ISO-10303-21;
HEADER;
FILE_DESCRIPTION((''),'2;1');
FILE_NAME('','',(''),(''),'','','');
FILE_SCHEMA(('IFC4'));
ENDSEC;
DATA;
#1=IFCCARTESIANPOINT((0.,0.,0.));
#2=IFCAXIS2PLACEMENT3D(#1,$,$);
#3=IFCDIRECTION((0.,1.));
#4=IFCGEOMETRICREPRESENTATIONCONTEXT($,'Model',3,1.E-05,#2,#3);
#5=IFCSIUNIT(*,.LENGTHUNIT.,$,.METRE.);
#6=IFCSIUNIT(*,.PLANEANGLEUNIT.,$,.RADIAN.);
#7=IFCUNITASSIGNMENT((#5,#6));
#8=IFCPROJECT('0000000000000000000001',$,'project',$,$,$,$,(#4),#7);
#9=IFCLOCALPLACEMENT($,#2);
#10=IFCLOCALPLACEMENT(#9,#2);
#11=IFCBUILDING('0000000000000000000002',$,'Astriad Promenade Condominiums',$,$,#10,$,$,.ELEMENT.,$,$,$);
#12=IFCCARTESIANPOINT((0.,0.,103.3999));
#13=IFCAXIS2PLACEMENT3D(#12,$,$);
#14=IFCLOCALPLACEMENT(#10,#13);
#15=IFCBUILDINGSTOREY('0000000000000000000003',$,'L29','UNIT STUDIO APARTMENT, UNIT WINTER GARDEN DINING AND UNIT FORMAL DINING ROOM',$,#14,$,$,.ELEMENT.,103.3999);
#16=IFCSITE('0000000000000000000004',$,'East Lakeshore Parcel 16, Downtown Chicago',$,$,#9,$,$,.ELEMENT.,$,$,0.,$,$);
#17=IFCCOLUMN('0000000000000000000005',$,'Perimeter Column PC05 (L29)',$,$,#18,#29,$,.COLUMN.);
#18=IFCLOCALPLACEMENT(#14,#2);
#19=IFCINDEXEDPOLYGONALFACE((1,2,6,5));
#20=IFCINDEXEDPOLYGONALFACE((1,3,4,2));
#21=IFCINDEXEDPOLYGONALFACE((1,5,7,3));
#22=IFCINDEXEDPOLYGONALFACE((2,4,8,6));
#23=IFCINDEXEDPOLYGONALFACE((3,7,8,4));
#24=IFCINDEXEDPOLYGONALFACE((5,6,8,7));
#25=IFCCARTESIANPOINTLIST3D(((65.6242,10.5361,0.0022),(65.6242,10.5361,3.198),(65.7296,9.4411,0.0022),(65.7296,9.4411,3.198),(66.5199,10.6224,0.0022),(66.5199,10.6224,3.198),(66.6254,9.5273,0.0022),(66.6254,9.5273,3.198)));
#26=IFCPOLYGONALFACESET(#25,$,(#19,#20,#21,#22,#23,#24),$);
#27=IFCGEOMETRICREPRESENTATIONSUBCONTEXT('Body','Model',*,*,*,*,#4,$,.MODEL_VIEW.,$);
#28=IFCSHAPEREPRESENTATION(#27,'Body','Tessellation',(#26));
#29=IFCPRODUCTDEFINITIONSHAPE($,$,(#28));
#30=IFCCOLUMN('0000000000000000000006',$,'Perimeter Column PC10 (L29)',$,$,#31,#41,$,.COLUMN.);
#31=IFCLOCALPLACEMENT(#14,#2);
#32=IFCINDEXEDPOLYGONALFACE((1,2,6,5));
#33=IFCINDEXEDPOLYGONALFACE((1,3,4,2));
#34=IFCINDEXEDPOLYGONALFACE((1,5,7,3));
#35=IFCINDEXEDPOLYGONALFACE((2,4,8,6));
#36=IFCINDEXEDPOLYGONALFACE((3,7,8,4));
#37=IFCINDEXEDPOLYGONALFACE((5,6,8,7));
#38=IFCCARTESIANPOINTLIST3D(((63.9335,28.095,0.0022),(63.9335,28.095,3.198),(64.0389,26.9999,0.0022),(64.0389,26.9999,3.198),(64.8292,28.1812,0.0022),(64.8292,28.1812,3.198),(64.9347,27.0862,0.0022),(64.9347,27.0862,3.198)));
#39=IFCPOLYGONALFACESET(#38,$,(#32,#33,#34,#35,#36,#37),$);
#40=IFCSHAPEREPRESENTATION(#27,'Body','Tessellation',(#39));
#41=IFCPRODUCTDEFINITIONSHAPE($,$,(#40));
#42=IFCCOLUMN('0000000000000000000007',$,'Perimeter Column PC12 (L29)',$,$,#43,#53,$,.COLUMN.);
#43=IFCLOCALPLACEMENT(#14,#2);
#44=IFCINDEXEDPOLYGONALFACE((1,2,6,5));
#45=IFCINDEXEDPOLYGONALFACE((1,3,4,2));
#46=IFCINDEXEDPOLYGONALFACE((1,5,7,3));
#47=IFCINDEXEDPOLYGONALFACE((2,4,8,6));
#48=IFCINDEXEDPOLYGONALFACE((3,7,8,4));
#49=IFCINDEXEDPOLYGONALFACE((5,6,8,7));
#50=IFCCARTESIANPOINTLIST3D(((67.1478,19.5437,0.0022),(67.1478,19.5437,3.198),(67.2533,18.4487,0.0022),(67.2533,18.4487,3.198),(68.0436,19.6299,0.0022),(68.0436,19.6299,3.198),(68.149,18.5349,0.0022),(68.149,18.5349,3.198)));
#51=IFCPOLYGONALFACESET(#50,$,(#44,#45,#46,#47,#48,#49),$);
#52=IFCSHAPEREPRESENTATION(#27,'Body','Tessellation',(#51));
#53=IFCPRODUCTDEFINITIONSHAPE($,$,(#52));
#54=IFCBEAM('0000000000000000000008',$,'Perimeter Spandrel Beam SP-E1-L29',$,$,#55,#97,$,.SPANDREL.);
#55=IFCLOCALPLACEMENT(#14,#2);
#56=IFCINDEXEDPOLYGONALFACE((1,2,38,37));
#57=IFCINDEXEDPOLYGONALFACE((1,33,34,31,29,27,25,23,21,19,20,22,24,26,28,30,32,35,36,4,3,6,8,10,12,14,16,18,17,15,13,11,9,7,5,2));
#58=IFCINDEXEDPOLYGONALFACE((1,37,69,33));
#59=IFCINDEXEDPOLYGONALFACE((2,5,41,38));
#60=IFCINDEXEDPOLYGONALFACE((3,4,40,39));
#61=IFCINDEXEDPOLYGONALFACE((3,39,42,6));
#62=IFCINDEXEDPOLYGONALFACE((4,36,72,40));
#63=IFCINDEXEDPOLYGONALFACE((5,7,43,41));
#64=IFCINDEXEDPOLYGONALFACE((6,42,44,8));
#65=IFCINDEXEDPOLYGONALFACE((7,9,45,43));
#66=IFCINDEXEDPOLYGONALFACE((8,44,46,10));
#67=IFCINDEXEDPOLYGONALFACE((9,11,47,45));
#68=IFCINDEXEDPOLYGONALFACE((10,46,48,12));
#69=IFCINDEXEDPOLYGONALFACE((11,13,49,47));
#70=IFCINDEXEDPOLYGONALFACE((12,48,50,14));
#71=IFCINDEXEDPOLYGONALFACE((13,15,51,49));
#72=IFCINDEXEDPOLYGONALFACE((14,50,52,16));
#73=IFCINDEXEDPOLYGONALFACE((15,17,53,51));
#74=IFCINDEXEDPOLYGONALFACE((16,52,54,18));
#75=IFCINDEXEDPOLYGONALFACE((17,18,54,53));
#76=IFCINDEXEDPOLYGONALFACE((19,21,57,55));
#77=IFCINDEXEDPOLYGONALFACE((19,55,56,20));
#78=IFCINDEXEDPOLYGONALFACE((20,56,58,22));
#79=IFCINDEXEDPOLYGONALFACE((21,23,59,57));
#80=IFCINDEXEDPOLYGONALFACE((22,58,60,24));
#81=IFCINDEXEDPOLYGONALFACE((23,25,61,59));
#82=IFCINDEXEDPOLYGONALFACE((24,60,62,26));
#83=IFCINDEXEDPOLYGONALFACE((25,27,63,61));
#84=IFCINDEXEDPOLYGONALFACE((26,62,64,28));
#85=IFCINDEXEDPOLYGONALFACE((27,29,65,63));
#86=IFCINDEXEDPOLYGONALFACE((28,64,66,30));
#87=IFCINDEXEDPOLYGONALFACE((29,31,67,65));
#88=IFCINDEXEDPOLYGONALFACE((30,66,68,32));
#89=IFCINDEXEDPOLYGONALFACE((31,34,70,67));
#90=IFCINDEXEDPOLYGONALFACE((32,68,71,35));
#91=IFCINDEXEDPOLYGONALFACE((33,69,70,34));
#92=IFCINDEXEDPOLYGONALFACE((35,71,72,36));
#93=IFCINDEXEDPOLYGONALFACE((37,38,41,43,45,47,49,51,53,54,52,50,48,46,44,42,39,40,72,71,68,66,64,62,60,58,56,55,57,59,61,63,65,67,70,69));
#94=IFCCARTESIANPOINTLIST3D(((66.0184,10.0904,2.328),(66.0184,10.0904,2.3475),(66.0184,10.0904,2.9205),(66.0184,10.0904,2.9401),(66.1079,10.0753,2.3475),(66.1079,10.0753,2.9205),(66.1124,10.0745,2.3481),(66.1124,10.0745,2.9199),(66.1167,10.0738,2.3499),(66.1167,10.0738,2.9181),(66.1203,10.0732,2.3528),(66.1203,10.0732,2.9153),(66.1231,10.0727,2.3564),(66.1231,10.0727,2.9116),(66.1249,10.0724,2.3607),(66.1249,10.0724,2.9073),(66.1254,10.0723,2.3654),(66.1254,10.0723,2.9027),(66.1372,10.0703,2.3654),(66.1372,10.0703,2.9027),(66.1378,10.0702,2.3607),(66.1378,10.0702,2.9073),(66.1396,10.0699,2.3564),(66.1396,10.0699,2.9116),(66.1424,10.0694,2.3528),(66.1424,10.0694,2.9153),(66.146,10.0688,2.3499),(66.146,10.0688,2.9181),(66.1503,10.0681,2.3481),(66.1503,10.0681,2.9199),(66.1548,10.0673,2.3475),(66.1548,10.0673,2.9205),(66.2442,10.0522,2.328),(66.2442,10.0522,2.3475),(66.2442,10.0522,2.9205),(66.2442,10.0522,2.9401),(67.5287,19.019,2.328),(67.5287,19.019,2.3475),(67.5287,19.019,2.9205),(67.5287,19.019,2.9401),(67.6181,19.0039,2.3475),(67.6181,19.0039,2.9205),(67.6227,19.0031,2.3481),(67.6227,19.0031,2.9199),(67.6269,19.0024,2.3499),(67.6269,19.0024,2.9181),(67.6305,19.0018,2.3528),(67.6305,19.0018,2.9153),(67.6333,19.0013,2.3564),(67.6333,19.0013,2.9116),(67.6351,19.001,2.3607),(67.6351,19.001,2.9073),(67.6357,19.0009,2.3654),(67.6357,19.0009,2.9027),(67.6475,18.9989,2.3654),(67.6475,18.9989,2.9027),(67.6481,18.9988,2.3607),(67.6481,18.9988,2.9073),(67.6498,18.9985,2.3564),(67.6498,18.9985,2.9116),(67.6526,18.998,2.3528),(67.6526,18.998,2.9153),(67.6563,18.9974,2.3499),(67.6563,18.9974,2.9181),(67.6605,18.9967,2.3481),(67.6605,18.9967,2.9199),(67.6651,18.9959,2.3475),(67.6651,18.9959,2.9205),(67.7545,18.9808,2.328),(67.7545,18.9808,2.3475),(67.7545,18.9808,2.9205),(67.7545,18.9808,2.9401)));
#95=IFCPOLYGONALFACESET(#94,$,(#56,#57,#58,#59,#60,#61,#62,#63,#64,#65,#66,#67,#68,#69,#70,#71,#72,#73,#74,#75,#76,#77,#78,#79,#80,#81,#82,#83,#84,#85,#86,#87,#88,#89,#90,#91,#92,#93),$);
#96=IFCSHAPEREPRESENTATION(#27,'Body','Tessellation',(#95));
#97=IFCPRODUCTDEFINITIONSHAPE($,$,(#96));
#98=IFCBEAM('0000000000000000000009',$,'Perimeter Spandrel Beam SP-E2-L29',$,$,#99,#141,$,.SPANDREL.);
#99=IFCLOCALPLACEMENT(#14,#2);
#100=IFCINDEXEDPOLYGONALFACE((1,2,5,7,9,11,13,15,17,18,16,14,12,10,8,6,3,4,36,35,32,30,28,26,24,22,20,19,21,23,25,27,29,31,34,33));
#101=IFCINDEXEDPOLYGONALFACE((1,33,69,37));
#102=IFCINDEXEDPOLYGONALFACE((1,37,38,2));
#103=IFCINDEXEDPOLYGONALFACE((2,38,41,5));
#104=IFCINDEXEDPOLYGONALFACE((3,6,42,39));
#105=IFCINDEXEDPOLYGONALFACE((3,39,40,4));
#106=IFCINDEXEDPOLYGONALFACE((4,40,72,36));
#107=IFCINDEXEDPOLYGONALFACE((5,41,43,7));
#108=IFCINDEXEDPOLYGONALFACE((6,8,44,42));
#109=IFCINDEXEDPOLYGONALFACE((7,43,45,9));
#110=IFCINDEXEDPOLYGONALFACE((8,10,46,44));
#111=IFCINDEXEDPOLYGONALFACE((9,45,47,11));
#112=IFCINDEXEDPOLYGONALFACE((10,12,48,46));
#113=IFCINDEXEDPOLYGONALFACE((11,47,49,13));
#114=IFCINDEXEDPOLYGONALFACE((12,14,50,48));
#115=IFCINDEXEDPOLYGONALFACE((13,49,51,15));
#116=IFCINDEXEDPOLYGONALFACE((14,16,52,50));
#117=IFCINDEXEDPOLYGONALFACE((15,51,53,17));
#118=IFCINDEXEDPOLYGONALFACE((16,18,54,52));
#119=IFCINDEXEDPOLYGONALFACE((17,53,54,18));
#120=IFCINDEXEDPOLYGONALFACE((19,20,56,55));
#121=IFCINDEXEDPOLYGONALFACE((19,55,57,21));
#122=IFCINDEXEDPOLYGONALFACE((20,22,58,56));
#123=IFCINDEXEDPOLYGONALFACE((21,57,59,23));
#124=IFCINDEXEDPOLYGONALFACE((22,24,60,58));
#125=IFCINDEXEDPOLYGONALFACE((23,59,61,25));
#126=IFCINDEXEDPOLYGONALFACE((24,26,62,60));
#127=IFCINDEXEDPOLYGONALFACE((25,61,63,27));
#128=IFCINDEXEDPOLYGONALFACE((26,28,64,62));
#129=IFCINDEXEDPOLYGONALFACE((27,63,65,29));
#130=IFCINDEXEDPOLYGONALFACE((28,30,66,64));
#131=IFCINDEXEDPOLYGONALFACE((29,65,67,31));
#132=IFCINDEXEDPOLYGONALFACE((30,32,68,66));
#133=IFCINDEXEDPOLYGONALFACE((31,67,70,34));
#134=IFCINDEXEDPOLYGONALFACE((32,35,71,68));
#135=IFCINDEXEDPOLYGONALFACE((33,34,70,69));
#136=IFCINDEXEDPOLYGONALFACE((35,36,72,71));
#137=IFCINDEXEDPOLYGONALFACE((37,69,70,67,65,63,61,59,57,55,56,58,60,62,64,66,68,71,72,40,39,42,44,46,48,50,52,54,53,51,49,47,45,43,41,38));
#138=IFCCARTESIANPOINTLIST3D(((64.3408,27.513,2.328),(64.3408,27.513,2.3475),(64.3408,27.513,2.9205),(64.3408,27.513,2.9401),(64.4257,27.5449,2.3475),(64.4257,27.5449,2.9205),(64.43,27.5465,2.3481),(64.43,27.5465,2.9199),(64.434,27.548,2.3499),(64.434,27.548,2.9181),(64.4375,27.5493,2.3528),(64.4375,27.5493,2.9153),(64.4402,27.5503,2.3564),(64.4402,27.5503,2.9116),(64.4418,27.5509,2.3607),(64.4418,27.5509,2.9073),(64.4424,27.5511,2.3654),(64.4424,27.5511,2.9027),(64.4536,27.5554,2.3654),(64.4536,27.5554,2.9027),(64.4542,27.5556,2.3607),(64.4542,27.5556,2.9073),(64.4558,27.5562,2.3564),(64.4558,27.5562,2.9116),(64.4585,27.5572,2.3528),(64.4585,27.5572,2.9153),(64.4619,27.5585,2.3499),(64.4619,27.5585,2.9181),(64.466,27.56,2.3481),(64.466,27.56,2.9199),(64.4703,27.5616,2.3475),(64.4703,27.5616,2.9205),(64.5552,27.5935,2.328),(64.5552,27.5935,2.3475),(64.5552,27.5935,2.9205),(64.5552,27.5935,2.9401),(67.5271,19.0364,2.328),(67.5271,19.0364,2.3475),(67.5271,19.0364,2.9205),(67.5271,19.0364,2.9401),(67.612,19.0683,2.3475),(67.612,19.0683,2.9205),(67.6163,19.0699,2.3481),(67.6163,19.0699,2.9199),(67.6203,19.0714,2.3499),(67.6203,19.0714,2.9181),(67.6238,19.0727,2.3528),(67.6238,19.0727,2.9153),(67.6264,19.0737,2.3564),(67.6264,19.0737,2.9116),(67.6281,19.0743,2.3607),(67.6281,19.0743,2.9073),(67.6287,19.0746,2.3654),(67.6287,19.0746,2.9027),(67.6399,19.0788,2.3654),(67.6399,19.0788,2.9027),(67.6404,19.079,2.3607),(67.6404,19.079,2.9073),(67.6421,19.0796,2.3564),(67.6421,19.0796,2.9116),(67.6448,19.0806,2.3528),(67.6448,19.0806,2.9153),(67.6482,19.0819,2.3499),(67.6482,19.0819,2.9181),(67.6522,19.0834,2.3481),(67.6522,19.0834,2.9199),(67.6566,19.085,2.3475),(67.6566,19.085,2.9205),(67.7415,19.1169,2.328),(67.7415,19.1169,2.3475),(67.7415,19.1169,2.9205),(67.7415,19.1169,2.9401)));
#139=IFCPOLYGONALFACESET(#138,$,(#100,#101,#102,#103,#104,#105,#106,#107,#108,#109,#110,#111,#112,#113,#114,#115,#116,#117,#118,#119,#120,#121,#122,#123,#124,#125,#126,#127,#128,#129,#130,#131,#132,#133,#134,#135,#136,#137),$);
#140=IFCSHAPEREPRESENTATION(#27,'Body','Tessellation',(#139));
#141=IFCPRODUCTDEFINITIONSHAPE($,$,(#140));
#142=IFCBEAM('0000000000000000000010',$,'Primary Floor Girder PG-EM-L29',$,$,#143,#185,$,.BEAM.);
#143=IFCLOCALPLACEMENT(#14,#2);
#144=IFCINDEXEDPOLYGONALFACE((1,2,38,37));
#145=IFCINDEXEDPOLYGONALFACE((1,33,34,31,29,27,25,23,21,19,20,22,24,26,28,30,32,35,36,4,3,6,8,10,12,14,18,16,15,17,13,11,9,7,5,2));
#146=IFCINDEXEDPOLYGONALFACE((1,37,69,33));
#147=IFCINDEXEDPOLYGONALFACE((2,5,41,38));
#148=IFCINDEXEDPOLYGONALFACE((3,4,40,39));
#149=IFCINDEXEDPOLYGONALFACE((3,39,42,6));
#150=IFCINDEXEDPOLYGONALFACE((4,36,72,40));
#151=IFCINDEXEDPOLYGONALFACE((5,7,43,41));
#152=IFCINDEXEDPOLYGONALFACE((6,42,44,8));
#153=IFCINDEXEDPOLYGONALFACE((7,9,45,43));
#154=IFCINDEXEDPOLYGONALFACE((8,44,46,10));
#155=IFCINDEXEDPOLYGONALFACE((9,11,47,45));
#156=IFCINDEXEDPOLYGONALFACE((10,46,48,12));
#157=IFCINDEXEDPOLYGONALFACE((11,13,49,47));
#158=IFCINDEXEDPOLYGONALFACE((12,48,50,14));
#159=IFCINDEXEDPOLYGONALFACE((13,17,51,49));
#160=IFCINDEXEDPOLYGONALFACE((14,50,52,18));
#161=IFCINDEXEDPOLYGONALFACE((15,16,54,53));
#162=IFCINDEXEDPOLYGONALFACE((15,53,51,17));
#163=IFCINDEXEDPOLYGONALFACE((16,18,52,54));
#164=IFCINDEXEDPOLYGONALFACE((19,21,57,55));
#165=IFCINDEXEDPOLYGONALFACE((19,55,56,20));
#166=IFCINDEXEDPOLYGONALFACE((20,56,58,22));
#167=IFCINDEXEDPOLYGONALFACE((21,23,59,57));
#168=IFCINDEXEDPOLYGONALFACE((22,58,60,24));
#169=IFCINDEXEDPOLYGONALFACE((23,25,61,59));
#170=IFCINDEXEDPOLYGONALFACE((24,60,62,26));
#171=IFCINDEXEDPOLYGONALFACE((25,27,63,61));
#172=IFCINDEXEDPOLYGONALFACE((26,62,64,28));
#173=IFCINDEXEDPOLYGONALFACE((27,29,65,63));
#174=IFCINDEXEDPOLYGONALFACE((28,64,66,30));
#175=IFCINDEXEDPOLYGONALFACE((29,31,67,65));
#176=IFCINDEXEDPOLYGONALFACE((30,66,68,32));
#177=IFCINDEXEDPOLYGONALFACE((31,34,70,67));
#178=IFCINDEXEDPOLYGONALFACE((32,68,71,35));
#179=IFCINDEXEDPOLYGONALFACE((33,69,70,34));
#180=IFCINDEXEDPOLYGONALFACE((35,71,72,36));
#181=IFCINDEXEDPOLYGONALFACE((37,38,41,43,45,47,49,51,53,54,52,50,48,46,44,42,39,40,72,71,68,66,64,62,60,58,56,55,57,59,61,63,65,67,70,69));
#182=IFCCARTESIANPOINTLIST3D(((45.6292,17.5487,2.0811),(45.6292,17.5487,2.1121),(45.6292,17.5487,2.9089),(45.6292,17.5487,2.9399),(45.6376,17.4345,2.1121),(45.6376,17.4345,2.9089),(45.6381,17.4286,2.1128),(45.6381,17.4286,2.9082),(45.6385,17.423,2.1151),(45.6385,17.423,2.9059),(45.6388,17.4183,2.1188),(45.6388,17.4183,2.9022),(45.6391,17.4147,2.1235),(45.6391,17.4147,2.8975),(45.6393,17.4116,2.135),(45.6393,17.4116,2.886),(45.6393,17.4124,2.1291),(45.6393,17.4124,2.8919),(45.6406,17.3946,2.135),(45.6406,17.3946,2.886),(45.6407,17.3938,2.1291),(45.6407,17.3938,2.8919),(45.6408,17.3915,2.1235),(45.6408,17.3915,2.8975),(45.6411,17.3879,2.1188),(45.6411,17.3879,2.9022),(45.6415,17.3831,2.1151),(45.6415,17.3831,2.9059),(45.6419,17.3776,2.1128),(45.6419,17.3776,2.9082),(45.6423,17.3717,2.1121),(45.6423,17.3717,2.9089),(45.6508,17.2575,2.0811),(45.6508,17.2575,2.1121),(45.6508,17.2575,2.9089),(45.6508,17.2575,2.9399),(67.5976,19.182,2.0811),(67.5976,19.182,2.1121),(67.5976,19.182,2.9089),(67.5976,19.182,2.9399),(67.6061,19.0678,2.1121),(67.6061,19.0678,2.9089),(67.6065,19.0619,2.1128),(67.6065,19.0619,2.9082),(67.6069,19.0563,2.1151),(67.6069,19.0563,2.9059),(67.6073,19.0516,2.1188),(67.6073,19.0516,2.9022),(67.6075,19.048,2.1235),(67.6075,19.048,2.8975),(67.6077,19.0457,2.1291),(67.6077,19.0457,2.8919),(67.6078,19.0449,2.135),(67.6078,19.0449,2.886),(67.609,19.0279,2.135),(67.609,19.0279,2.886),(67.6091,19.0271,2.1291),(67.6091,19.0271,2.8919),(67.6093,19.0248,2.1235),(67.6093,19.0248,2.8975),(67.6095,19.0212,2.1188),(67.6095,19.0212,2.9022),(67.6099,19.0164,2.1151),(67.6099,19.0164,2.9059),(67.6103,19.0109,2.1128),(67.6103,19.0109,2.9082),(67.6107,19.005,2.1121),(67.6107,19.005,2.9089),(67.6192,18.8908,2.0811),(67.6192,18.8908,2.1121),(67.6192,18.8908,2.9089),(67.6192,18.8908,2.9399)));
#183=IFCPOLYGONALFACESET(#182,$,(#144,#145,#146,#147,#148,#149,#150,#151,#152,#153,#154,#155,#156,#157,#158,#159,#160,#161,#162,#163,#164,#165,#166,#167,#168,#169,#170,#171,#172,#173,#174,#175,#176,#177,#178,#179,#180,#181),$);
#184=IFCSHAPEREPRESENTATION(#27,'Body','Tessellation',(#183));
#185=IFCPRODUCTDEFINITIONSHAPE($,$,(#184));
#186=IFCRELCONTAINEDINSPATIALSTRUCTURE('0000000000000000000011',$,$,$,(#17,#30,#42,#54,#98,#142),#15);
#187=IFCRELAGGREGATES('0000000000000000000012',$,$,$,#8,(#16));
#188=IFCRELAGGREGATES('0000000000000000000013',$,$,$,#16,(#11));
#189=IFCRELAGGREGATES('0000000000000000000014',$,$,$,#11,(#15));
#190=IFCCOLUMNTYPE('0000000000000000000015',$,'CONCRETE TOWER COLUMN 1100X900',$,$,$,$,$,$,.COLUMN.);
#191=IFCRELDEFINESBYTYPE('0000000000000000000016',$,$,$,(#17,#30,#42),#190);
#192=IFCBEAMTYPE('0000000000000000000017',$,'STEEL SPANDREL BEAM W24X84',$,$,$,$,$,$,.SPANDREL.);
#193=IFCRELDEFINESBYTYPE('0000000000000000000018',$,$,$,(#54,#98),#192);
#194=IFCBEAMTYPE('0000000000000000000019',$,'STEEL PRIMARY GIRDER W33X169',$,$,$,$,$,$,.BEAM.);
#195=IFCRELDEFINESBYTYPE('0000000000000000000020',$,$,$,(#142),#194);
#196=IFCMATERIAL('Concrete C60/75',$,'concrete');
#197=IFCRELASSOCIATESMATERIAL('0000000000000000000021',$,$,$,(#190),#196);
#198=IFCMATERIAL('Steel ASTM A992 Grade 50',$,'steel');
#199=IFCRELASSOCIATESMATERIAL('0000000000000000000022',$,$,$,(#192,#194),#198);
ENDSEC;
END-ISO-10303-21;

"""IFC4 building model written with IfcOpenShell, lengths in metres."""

from ifc_helpers import new_model, si_unit, direction, frame, origin, origin_2d, place, context, subcontext, project, spatial, rectangle, i_section, extrude, source, transform, mapped, material, material_profile, profile_set, type_object, type_shapes, element, save


model = new_model("IFC4")

# Units and contexts
model_context = context("Model", 3, precision=1e-05, world=origin(), true_north=direction((0.0, 1.0)))
body_context = subcontext(model_context, "Body", "Model", "MODEL_VIEW")
ifc_project = project(units=[si_unit("LENGTHUNIT", "METRE"), si_unit("PLANEANGLEUNIT", "RADIAN")], contexts=[model_context])

# Site, building, storey
site_placement = place(None, origin())
site = spatial("IfcSite", under=ifc_project, at=site_placement, Name="East Lakeshore Parcel 16, Downtown Chicago", CompositionType="ELEMENT", RefElevation=0.0)
building_placement = place(site_placement, origin())
building = spatial("IfcBuilding", under=site, at=building_placement, Name="Astriad Promenade Condominiums", CompositionType="ELEMENT")
storey_placement = place(building_placement, frame((0.0, 0.0, 103.3999)))
storey = spatial("IfcBuildingStorey", under=building, at=storey_placement, Name="L29", Description="UNIT STUDIO APARTMENT, UNIT WINTER GARDEN DINING AND UNIT FORMAL DINING ROOM", CompositionType="ELEMENT", Elevation=103.3999)

# Columns
ifc_material_1 = material(Name="Concrete C60/75", Category="concrete")
ifc_material_profile_1 = material_profile(ifc_material_1, rectangle(XDim=0.8999, YDim=1.1001, at=origin_2d()), Name="RC-COL-1100X900")
ifc_profile_set_1 = profile_set([ifc_material_profile_1], Name="Concrete C60/75")
column_type = type_object("IfcColumnType", Name="CONCRETE TOWER COLUMN 1100X900", PredefinedType="COLUMN", material=ifc_profile_set_1)
shared_shape_1 = source(origin(), body_context, "Body", "SweptSolid", [
    extrude(rectangle(XDim=0.8999, YDim=1.1001, at=origin_2d()), origin(), (0.0, 0.0, 1.0), 3.1958),
])
type_shapes(column_type, [shared_shape_1])
for number, where, z_axis, x_axis, name in (
    (1, (66.1248, 10.0317, 0.0022), (0.0, 0.0, 1.0), (0.995396, 0.095846, 0.0), "Perimeter Column PC05 (L29)"),
    (2, (64.4341, 27.5906, 0.0022), (0.0, 0.0, 1.0), (0.995396, 0.095846, 0.0), "Perimeter Column PC10 (L29)"),
    (3, (67.6484, 19.0393, 0.0022), (0.0, 0.0, 1.0), (0.995396, 0.095846, 0.0), "Perimeter Column PC12 (L29)"),
):
    element("IfcColumn", number, at=place(storey_placement, frame(where, z_axis=z_axis, x_axis=x_axis)), inside=storey, type_object=column_type, Name=name, PredefinedType="COLUMN", context=body_context, shape_type="MappedRepresentation", body=[
        mapped(shared_shape_1, transform((0.0, 0.0, 0.0), scale=1.0)),
    ])

# Beams
ifc_material_2 = material(Name="Steel ASTM A992 Grade 50", Category="steel")
ifc_material_profile_2 = material_profile(ifc_material_2, i_section(OverallWidth=0.229, OverallDepth=0.6121, WebThickness=0.012, FlangeThickness=0.0195, FilletRadius=0.0178, at=origin_2d()), Name="W24X84")
ifc_profile_set_2 = profile_set([ifc_material_profile_2], Name="Steel ASTM A992 Grade 50")
beam_type_1 = type_object("IfcBeamType", Name="STEEL SPANDREL BEAM W24X84", PredefinedType="SPANDREL", material=ifc_profile_set_2)
shared_shape_2 = source(origin(), body_context, "Body", "SweptSolid", [
    extrude(i_section(OverallWidth=0.229, OverallDepth=0.6121, WebThickness=0.012, FlangeThickness=0.0195, FilletRadius=0.0178, at=origin_2d()), origin(), (0.0, 0.0, 1.0), 9.0554),
])
beam_1_placement = place(storey_placement, frame((66.1313, 10.0713, 2.634), z_axis=(0.166777, 0.985995, 0.0), x_axis=(-0.985995, 0.166777, 0.0)))
element("IfcBeam", 4, at=beam_1_placement, inside=storey, type_object=beam_type_1, Name="Perimeter Spandrel Beam SP-E1-L29", PredefinedType="SPANDREL", context=body_context, shape_type="MappedRepresentation", body=[
    mapped(shared_shape_2, transform((0.0, 0.0, 0.0), scale=1.0)),
])
shared_shape_3 = source(origin(), body_context, "Body", "SweptSolid", [
    extrude(i_section(OverallWidth=0.229, OverallDepth=0.6121, WebThickness=0.012, FlangeThickness=0.0195, FilletRadius=0.0178, at=origin_2d()), origin(), (0.0, 0.0, 1.0), 9.0557),
])
type_shapes(beam_type_1, [shared_shape_2, shared_shape_3])
beam_2_placement = place(storey_placement, frame((67.6343, 19.0767, 2.634), z_axis=(-0.351856, 0.936054, 0.0), x_axis=(-0.936054, -0.351856, 0.0)))
element("IfcBeam", 5, at=beam_2_placement, inside=storey, type_object=beam_type_1, Name="Perimeter Spandrel Beam SP-E2-L29", PredefinedType="SPANDREL", context=body_context, shape_type="MappedRepresentation", body=[
    mapped(shared_shape_3, transform((0.0, 0.0, 0.0), scale=1.0)),
])
ifc_material_profile_3 = material_profile(ifc_material_2, i_section(OverallWidth=0.292, OverallDepth=0.8589, WebThickness=0.0171, FlangeThickness=0.031, FilletRadius=0.0229, at=origin_2d()), Name="W33X169")
ifc_profile_set_3 = profile_set([ifc_material_profile_3], Name="Steel ASTM A992 Grade 50")
beam_type_2 = type_object("IfcBeamType", Name="STEEL PRIMARY GIRDER W33X169", PredefinedType="BEAM", material=ifc_profile_set_3)
shared_shape_4 = source(origin(), body_context, "Body", "SweptSolid", [
    extrude(i_section(OverallWidth=0.292, OverallDepth=0.8589, WebThickness=0.0171, FlangeThickness=0.031, FilletRadius=0.0229, at=origin_2d()), origin(), (0.0, 0.0, 1.0), 22.0291),
])
type_shapes(beam_type_2, [shared_shape_4])
beam_3_placement = place(storey_placement, frame((67.6084, 19.0364, 2.5105), z_axis=(-0.997248, -0.074143, 0.0), x_axis=(0.074143, -0.997248, 0.0)))
element("IfcBeam", 6, at=beam_3_placement, inside=storey, type_object=beam_type_2, Name="Primary Floor Girder PG-EM-L29", PredefinedType="BEAM", context=body_context, shape_type="MappedRepresentation", body=[
    mapped(shared_shape_4, transform((0.0, 0.0, 0.0), scale=1.0)),
])

save(model, "model.ifc")
